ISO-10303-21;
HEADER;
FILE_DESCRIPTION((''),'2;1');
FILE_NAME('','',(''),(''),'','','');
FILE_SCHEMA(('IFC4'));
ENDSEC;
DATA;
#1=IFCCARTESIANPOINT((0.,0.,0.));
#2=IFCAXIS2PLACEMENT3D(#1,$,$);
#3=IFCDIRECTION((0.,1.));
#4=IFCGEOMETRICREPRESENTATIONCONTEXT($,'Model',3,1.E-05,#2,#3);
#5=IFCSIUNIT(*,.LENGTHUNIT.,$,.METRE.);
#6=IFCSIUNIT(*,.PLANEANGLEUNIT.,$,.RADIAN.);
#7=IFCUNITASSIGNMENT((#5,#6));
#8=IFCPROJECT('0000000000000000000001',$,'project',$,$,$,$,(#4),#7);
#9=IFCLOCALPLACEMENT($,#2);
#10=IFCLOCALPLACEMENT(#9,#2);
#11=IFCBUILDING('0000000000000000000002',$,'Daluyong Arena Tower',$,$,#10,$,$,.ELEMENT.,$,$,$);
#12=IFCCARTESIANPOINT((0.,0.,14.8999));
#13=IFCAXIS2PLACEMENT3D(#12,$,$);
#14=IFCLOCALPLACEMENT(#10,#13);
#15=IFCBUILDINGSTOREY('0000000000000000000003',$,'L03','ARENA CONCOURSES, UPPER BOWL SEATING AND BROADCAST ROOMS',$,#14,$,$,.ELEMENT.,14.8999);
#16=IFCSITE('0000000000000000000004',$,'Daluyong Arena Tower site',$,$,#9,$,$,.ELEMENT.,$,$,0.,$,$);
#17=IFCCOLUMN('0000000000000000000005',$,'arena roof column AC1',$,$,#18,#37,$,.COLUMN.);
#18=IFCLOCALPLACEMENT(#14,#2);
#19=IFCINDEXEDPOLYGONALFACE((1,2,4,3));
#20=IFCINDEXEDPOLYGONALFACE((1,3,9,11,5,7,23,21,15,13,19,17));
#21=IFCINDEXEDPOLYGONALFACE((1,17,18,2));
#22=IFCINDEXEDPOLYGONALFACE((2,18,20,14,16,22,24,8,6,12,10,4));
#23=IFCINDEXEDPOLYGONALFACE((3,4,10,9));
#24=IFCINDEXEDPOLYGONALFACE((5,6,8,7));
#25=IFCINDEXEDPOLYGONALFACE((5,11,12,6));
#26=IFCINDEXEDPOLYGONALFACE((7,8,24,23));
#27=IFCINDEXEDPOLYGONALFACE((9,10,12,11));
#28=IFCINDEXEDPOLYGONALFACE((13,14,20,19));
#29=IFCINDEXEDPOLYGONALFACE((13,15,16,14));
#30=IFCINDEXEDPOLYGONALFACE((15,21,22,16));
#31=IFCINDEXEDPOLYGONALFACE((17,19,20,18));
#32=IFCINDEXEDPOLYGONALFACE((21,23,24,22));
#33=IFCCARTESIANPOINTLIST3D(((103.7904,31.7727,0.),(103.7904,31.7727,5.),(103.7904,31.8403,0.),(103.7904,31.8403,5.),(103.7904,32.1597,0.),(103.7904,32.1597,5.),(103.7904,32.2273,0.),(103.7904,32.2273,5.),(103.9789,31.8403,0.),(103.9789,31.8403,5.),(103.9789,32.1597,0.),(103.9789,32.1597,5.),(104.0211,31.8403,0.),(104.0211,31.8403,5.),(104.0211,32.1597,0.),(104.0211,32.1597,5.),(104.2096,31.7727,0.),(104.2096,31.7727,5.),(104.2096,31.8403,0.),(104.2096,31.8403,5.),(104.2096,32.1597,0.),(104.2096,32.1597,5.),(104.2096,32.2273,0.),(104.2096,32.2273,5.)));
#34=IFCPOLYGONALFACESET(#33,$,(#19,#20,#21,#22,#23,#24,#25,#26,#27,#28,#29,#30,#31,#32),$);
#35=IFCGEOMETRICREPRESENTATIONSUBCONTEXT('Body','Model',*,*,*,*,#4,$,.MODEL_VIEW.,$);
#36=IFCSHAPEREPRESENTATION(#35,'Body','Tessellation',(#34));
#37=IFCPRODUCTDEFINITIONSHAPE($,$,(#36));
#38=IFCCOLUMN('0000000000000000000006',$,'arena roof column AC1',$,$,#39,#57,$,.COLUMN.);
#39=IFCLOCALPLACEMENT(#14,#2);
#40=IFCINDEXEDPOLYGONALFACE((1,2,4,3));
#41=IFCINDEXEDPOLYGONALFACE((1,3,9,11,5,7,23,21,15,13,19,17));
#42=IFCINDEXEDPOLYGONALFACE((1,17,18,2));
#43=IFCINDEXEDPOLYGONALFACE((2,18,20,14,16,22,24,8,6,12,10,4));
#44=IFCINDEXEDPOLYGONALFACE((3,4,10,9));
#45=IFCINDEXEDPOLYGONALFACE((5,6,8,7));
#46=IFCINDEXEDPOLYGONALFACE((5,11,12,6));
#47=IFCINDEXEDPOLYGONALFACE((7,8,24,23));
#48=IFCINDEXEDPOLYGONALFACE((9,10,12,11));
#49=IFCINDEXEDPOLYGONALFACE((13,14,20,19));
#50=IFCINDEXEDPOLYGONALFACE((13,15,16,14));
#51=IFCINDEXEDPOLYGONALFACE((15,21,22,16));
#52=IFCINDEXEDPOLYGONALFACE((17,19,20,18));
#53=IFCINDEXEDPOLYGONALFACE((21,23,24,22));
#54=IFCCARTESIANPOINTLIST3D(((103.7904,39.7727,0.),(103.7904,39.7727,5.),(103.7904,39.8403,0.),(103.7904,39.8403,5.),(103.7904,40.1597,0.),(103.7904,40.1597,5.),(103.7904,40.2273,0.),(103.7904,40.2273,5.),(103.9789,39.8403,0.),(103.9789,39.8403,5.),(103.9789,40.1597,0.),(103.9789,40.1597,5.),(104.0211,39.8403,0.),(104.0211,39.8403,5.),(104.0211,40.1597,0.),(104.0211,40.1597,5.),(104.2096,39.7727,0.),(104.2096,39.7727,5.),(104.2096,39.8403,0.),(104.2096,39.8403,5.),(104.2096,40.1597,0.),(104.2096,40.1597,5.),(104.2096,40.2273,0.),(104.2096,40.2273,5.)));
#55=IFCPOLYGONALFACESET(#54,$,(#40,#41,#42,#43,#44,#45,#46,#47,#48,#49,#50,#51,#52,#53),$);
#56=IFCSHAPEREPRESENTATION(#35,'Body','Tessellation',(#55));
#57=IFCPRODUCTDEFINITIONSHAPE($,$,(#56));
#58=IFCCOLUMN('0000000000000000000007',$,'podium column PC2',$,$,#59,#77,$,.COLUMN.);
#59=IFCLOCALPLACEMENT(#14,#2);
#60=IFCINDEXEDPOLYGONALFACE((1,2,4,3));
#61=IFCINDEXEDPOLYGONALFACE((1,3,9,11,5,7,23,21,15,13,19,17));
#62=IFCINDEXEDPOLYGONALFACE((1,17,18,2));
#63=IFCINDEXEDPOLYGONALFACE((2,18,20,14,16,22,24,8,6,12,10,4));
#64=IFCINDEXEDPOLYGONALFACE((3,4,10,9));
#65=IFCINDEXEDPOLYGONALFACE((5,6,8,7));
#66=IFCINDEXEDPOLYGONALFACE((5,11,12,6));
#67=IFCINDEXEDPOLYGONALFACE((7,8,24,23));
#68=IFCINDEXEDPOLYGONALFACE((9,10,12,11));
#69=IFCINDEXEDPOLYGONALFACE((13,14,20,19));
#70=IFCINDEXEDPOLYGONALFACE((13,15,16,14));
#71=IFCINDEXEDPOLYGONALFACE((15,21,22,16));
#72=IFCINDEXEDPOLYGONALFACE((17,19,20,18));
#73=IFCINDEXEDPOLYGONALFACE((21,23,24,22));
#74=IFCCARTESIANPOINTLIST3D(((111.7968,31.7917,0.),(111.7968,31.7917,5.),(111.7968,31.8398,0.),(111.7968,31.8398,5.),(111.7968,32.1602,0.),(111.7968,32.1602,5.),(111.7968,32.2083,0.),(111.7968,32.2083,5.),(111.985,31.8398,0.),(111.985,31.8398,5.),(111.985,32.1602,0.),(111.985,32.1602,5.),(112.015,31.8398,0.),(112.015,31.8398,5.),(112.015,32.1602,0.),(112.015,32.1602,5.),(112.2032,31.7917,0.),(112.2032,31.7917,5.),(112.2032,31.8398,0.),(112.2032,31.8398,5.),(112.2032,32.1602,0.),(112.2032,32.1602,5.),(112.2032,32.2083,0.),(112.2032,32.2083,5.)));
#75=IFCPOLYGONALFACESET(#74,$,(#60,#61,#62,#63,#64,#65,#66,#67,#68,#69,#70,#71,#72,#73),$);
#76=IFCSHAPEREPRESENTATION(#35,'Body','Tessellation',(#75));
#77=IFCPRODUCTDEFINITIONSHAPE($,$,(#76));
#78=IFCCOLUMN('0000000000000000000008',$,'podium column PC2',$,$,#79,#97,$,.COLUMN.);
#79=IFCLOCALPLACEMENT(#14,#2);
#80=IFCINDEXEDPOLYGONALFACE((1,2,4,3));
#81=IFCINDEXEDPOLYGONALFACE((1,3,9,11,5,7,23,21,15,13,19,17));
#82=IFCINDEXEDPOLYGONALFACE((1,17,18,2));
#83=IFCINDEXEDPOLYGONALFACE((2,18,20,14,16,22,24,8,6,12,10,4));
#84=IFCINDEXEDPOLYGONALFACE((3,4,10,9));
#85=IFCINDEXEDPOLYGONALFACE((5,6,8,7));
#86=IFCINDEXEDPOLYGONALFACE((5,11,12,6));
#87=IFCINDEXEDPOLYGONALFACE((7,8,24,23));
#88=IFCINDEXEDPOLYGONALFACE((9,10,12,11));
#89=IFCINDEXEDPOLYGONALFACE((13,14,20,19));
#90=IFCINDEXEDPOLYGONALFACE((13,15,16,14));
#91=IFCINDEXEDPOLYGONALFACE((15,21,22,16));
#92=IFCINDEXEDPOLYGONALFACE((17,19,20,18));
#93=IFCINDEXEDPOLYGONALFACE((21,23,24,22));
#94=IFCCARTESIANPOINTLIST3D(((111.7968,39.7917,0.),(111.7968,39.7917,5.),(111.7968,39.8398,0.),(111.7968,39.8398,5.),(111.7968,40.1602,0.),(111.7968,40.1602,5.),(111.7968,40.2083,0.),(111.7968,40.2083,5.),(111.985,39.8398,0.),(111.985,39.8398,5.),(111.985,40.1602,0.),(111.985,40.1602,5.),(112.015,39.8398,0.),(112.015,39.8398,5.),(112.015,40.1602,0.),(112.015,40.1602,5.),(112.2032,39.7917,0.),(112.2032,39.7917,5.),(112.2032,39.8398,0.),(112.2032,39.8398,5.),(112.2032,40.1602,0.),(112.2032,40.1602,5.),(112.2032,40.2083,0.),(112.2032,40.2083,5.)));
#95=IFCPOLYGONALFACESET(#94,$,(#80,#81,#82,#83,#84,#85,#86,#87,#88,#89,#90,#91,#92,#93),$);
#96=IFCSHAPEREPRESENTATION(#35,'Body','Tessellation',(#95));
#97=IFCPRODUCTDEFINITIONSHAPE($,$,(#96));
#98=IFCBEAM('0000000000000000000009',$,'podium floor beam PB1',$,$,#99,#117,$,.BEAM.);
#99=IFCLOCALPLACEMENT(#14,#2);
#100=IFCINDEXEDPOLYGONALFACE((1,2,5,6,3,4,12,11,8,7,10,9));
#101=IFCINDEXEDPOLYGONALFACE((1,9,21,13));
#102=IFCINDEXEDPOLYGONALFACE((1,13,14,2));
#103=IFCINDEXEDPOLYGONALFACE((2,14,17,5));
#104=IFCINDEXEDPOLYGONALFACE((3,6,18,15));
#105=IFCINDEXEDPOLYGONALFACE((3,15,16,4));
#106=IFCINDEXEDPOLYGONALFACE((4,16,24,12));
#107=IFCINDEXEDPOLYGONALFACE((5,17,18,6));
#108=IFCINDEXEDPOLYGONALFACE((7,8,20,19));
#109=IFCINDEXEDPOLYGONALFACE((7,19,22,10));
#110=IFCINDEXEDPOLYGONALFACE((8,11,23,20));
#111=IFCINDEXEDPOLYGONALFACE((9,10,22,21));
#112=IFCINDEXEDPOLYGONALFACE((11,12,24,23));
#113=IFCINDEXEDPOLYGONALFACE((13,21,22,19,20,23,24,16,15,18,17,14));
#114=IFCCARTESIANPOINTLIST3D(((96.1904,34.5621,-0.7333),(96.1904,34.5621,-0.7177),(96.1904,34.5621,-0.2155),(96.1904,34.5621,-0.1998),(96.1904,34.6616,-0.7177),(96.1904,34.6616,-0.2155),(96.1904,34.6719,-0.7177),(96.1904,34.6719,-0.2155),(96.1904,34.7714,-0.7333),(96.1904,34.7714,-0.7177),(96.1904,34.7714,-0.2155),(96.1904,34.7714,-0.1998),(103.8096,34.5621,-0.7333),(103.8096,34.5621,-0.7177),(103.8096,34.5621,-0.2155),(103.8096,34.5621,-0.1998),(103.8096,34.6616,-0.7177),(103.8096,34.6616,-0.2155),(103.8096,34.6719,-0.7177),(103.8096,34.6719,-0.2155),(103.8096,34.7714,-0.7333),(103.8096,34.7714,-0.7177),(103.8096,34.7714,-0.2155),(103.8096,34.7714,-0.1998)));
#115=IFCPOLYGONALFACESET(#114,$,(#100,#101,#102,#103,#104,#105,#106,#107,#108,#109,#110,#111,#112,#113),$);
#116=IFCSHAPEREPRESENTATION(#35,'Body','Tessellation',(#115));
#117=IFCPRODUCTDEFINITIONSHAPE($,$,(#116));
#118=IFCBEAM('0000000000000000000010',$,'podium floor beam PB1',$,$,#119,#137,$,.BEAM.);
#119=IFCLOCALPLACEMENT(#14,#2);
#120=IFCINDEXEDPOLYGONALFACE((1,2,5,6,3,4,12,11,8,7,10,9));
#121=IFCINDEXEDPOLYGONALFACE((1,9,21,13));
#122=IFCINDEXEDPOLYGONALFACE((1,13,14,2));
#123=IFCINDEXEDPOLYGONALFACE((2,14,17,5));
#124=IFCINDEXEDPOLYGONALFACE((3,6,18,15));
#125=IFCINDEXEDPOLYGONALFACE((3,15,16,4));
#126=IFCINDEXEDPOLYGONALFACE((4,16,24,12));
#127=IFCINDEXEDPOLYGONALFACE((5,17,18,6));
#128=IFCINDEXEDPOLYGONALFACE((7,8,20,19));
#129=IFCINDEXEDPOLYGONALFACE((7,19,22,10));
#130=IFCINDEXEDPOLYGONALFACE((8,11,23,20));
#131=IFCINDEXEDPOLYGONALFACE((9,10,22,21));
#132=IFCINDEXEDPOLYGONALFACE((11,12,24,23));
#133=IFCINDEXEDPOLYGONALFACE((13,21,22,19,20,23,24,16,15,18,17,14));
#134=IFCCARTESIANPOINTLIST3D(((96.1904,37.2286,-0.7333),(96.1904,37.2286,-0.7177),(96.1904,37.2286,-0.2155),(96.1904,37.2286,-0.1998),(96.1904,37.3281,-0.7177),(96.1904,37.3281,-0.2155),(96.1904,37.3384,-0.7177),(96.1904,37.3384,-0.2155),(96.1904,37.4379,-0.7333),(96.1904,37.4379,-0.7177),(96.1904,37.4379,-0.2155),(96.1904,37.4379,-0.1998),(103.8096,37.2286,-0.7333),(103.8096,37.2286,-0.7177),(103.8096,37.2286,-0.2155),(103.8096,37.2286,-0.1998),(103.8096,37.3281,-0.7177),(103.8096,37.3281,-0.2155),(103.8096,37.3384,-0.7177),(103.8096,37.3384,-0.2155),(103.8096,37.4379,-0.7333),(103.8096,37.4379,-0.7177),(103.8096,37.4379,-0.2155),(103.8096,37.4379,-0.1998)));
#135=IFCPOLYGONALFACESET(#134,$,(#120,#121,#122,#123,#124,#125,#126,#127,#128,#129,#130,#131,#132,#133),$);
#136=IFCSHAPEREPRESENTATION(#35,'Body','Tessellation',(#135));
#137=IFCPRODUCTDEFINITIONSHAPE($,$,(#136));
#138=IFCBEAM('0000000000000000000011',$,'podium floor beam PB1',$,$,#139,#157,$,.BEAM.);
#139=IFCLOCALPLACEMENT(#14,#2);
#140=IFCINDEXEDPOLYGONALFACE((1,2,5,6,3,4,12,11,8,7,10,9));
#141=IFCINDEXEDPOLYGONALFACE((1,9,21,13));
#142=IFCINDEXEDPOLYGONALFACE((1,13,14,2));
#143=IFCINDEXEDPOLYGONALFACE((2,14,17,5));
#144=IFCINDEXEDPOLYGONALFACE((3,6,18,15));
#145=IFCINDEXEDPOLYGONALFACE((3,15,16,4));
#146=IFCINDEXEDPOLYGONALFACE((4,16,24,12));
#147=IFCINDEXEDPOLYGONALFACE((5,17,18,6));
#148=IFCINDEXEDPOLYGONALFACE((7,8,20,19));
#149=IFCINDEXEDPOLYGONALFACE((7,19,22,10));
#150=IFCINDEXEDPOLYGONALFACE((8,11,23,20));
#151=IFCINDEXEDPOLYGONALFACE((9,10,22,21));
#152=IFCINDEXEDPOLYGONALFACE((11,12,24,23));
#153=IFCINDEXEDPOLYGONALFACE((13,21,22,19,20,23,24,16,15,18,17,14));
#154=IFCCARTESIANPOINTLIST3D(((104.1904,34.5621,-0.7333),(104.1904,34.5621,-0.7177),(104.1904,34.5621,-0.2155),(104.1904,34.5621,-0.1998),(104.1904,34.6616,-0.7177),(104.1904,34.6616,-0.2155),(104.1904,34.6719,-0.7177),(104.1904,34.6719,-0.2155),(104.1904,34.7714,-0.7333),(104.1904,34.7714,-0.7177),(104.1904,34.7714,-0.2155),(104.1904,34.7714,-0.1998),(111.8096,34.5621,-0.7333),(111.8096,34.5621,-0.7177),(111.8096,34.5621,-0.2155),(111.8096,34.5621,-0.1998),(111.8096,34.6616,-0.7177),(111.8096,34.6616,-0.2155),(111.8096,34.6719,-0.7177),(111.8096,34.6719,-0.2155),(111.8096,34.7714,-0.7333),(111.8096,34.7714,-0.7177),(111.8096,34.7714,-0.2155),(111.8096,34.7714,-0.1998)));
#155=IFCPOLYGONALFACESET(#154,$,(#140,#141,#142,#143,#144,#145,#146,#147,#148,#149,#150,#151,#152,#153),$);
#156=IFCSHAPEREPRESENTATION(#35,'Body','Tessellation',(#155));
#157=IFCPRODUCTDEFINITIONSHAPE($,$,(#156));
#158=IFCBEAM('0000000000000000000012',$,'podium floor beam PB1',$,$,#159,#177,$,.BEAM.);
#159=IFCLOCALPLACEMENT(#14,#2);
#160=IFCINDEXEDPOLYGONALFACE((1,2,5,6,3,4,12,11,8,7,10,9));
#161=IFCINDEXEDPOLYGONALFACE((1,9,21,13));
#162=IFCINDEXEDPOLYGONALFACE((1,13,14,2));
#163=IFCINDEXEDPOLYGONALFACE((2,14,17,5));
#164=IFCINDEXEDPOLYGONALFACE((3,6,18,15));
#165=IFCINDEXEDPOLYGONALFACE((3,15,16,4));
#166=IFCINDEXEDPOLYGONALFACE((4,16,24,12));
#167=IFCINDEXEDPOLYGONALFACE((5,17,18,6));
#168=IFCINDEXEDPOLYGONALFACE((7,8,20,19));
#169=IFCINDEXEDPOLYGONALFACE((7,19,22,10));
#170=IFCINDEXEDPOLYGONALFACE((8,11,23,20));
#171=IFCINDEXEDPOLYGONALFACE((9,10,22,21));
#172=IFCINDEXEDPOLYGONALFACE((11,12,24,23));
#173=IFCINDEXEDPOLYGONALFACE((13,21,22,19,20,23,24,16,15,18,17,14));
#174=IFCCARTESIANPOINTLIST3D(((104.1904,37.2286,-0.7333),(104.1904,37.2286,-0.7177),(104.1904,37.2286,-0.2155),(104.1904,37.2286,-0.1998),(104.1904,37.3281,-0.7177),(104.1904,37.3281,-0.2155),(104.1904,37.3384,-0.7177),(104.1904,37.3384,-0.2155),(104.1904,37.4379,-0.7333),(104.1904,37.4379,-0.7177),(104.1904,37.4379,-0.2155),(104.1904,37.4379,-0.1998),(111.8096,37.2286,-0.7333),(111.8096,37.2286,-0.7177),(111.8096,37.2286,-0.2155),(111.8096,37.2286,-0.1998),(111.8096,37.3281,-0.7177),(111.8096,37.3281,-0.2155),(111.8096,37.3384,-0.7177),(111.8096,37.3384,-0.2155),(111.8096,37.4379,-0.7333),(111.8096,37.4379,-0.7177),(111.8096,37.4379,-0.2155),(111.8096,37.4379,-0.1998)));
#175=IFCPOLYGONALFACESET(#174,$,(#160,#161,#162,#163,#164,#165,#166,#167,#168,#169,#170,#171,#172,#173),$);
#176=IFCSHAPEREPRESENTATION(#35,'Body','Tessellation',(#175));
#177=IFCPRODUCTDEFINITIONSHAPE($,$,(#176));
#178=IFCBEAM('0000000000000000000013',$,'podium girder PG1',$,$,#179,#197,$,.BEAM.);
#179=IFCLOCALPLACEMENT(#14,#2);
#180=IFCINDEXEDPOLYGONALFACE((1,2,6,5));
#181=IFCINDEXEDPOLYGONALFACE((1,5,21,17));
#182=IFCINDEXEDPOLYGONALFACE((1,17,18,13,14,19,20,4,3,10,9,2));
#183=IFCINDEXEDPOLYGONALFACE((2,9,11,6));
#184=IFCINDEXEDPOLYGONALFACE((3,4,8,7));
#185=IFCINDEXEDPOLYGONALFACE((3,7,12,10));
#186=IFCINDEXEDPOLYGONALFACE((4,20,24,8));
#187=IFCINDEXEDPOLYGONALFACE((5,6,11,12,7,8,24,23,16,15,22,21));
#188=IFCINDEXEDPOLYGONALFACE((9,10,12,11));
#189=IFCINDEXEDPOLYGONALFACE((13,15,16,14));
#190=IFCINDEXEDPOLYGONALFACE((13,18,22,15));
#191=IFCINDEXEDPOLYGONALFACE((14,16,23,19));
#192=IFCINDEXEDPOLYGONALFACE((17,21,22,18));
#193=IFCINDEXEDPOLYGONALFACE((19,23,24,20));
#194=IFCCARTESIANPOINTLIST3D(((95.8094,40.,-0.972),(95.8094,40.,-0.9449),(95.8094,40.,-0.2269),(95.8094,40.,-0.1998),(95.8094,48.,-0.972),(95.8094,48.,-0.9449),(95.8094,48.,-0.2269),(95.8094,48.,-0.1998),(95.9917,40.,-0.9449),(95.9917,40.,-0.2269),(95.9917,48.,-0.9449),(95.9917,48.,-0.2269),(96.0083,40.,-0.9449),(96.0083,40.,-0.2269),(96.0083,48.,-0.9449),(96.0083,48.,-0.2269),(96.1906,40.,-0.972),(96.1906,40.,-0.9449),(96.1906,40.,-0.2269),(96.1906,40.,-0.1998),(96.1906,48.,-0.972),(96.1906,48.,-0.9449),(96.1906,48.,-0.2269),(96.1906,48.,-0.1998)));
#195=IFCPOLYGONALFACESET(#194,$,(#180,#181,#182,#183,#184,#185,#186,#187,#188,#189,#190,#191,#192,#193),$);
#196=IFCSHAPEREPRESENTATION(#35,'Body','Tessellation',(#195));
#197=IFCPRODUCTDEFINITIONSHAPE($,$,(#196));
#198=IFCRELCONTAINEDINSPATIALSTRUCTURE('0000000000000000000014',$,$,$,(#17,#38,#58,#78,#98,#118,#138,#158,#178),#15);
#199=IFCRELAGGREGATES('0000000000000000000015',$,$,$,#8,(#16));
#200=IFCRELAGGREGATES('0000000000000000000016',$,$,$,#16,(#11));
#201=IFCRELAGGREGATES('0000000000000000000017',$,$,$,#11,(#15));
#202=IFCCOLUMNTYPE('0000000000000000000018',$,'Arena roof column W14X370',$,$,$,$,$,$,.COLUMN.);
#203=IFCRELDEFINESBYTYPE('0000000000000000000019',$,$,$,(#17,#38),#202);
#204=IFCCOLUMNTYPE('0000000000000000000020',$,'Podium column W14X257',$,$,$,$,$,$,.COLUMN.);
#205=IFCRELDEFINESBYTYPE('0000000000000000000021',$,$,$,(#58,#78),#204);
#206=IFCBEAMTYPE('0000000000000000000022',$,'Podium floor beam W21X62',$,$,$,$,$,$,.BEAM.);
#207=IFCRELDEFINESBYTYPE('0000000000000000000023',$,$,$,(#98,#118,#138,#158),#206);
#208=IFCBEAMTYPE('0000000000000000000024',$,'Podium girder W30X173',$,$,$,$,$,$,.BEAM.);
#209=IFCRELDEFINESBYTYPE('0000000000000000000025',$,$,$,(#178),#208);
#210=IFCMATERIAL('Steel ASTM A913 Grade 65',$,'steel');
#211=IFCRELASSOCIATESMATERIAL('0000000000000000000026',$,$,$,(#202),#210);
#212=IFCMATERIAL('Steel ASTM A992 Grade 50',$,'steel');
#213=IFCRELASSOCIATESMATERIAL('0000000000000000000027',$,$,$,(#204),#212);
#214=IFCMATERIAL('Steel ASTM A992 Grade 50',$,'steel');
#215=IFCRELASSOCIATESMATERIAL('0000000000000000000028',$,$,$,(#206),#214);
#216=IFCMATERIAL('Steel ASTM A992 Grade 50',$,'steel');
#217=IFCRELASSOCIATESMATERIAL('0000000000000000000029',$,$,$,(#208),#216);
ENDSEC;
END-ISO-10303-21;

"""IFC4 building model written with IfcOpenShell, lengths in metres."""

from ifc_helpers import new_model, si_unit, direction, frame, origin, origin_2d, place, context, subcontext, project, spatial, i_section, extrude, material, material_profile, profile_set, type_object, element, save


model = new_model("IFC4")

# Units and contexts
model_context = context("Model", 3, precision=1e-05, world=origin(), true_north=direction((0.0, 1.0)))
body_context = subcontext(model_context, "Body", "Model", "MODEL_VIEW")
ifc_project = project(units=[si_unit("LENGTHUNIT", "METRE"), si_unit("PLANEANGLEUNIT", "RADIAN")], contexts=[model_context])

# Site, building, storey
site_placement = place(None, origin())
site = spatial("IfcSite", under=ifc_project, at=site_placement, Name="Daluyong Arena Tower site", CompositionType="ELEMENT", RefElevation=0.0)
building_placement = place(site_placement, origin())
building = spatial("IfcBuilding", under=site, at=building_placement, Name="Daluyong Arena Tower", CompositionType="ELEMENT")
storey_placement = place(building_placement, frame((0.0, 0.0, 14.8999)))
storey = spatial("IfcBuildingStorey", under=building, at=storey_placement, Name="L03", Description="ARENA CONCOURSES, UPPER BOWL SEATING AND BROADCAST ROOMS", CompositionType="ELEMENT", Elevation=14.8999)

# Columns
ifc_material_1 = material(Name="Steel ASTM A913 Grade 65", Category="steel")
ifc_material_profile_1 = material_profile(ifc_material_1, i_section(OverallWidth=0.4192, OverallDepth=0.4546, WebThickness=0.0422, FlangeThickness=0.0676, at=origin_2d()))
ifc_profile_set_1 = profile_set([ifc_material_profile_1], Name="Steel ASTM A913 Grade 65")
column_type_1 = type_object("IfcColumnType", Name="Arena roof column W14X370", PredefinedType="COLUMN", material=ifc_profile_set_1)
for number, where, z_axis, x_axis, name in (
    (1, (104.0, 32.0, 0.0), (0.0, 0.0, 1.0), (1.0, 0.0, 0.0), "arena roof column AC1"),
    (2, (104.0, 40.0, 0.0), (0.0, 0.0, 1.0), (1.0, 0.0, 0.0), "arena roof column AC1"),
):
    element("IfcColumn", number, at=place(storey_placement, frame(where, z_axis=z_axis, x_axis=x_axis)), inside=storey, type_object=column_type_1, Name=name, PredefinedType="COLUMN", context=body_context, shape_type="SweptSolid", body=[
        extrude(i_section(OverallWidth=0.4192, OverallDepth=0.4546, WebThickness=0.0422, FlangeThickness=0.0676, at=origin_2d()), origin(), (0.0, 0.0, 1.0), 5.0),
    ])
ifc_material_2 = material(Name="Steel ASTM A992 Grade 50", Category="steel")
ifc_material_profile_2 = material_profile(ifc_material_2, i_section(OverallWidth=0.4065, OverallDepth=0.4165, WebThickness=0.03, FlangeThickness=0.0481, at=origin_2d()))
ifc_profile_set_2 = profile_set([ifc_material_profile_2], Name="Steel ASTM A992 Grade 50")
column_type_2 = type_object("IfcColumnType", Name="Podium column W14X257", PredefinedType="COLUMN", material=ifc_profile_set_2)
for number, where, z_axis, x_axis, name in (
    (3, (112.0, 32.0, 0.0), (0.0, 0.0, 1.0), (1.0, 0.0, 0.0), "podium column PC2"),
    (4, (112.0, 40.0, 0.0), (0.0, 0.0, 1.0), (1.0, 0.0, 0.0), "podium column PC2"),
):
    element("IfcColumn", number, at=place(storey_placement, frame(where, z_axis=z_axis, x_axis=x_axis)), inside=storey, type_object=column_type_2, Name=name, PredefinedType="COLUMN", context=body_context, shape_type="SweptSolid", body=[
        extrude(i_section(OverallWidth=0.4065, OverallDepth=0.4165, WebThickness=0.03, FlangeThickness=0.0481, at=origin_2d()), origin(), (0.0, 0.0, 1.0), 5.0),
    ])

# Beams
ifc_material_3 = material(Name="Steel ASTM A992 Grade 50", Category="steel")
ifc_material_profile_3 = material_profile(ifc_material_3, i_section(OverallWidth=0.2092, OverallDepth=0.5334, WebThickness=0.0103, FlangeThickness=0.0156, at=origin_2d()))
ifc_profile_set_3 = profile_set([ifc_material_profile_3], Name="Steel ASTM A992 Grade 50")
beam_type_1 = type_object("IfcBeamType", Name="Podium floor beam W21X62", PredefinedType="BEAM", material=ifc_profile_set_3)
for number, where, z_axis, x_axis, name in (
    (5, (96.1904, 34.6667, -0.4666), (1.0, 0.0, 0.0), (0.0, 1.0, 0.0), "podium floor beam PB1"),
    (6, (96.1904, 37.3333, -0.4666), (1.0, 0.0, 0.0), (0.0, 1.0, 0.0), "podium floor beam PB1"),
    (7, (104.1904, 34.6667, -0.4666), (1.0, 0.0, 0.0), (0.0, 1.0, 0.0), "podium floor beam PB1"),
    (8, (104.1904, 37.3333, -0.4666), (1.0, 0.0, 0.0), (0.0, 1.0, 0.0), "podium floor beam PB1"),
):
    element("IfcBeam", number, at=place(storey_placement, frame(where, z_axis=z_axis, x_axis=x_axis)), inside=storey, type_object=beam_type_1, Name=name, PredefinedType="BEAM", context=body_context, shape_type="SweptSolid", body=[
        extrude(i_section(OverallWidth=0.2092, OverallDepth=0.5334, WebThickness=0.0103, FlangeThickness=0.0156, at=origin_2d()), origin(), (0.0, 0.0, 1.0), 7.6191),
    ])
ifc_material_4 = material(Name="Steel ASTM A992 Grade 50", Category="steel")
ifc_material_profile_4 = material_profile(ifc_material_4, i_section(OverallWidth=0.3811, OverallDepth=0.7722, WebThickness=0.0166, FlangeThickness=0.0271, at=origin_2d()))
ifc_profile_set_4 = profile_set([ifc_material_profile_4], Name="Steel ASTM A992 Grade 50")
beam_type_2 = type_object("IfcBeamType", Name="Podium girder W30X173", PredefinedType="BEAM", material=ifc_profile_set_4)
for number, where, z_axis, x_axis, name in (
    (9, (96.0, 40.0, -0.5859), (0.0, 1.0, 0.0), (-1.0, 0.0, 0.0), "podium girder PG1"),
):
    element("IfcBeam", number, at=place(storey_placement, frame(where, z_axis=z_axis, x_axis=x_axis)), inside=storey, type_object=beam_type_2, Name=name, PredefinedType="BEAM", context=body_context, shape_type="SweptSolid", body=[
        extrude(i_section(OverallWidth=0.3811, OverallDepth=0.7722, WebThickness=0.0166, FlangeThickness=0.0271, at=origin_2d()), origin(), (0.0, 0.0, 1.0), 8.0),
    ])

save(model, "model.ifc")
